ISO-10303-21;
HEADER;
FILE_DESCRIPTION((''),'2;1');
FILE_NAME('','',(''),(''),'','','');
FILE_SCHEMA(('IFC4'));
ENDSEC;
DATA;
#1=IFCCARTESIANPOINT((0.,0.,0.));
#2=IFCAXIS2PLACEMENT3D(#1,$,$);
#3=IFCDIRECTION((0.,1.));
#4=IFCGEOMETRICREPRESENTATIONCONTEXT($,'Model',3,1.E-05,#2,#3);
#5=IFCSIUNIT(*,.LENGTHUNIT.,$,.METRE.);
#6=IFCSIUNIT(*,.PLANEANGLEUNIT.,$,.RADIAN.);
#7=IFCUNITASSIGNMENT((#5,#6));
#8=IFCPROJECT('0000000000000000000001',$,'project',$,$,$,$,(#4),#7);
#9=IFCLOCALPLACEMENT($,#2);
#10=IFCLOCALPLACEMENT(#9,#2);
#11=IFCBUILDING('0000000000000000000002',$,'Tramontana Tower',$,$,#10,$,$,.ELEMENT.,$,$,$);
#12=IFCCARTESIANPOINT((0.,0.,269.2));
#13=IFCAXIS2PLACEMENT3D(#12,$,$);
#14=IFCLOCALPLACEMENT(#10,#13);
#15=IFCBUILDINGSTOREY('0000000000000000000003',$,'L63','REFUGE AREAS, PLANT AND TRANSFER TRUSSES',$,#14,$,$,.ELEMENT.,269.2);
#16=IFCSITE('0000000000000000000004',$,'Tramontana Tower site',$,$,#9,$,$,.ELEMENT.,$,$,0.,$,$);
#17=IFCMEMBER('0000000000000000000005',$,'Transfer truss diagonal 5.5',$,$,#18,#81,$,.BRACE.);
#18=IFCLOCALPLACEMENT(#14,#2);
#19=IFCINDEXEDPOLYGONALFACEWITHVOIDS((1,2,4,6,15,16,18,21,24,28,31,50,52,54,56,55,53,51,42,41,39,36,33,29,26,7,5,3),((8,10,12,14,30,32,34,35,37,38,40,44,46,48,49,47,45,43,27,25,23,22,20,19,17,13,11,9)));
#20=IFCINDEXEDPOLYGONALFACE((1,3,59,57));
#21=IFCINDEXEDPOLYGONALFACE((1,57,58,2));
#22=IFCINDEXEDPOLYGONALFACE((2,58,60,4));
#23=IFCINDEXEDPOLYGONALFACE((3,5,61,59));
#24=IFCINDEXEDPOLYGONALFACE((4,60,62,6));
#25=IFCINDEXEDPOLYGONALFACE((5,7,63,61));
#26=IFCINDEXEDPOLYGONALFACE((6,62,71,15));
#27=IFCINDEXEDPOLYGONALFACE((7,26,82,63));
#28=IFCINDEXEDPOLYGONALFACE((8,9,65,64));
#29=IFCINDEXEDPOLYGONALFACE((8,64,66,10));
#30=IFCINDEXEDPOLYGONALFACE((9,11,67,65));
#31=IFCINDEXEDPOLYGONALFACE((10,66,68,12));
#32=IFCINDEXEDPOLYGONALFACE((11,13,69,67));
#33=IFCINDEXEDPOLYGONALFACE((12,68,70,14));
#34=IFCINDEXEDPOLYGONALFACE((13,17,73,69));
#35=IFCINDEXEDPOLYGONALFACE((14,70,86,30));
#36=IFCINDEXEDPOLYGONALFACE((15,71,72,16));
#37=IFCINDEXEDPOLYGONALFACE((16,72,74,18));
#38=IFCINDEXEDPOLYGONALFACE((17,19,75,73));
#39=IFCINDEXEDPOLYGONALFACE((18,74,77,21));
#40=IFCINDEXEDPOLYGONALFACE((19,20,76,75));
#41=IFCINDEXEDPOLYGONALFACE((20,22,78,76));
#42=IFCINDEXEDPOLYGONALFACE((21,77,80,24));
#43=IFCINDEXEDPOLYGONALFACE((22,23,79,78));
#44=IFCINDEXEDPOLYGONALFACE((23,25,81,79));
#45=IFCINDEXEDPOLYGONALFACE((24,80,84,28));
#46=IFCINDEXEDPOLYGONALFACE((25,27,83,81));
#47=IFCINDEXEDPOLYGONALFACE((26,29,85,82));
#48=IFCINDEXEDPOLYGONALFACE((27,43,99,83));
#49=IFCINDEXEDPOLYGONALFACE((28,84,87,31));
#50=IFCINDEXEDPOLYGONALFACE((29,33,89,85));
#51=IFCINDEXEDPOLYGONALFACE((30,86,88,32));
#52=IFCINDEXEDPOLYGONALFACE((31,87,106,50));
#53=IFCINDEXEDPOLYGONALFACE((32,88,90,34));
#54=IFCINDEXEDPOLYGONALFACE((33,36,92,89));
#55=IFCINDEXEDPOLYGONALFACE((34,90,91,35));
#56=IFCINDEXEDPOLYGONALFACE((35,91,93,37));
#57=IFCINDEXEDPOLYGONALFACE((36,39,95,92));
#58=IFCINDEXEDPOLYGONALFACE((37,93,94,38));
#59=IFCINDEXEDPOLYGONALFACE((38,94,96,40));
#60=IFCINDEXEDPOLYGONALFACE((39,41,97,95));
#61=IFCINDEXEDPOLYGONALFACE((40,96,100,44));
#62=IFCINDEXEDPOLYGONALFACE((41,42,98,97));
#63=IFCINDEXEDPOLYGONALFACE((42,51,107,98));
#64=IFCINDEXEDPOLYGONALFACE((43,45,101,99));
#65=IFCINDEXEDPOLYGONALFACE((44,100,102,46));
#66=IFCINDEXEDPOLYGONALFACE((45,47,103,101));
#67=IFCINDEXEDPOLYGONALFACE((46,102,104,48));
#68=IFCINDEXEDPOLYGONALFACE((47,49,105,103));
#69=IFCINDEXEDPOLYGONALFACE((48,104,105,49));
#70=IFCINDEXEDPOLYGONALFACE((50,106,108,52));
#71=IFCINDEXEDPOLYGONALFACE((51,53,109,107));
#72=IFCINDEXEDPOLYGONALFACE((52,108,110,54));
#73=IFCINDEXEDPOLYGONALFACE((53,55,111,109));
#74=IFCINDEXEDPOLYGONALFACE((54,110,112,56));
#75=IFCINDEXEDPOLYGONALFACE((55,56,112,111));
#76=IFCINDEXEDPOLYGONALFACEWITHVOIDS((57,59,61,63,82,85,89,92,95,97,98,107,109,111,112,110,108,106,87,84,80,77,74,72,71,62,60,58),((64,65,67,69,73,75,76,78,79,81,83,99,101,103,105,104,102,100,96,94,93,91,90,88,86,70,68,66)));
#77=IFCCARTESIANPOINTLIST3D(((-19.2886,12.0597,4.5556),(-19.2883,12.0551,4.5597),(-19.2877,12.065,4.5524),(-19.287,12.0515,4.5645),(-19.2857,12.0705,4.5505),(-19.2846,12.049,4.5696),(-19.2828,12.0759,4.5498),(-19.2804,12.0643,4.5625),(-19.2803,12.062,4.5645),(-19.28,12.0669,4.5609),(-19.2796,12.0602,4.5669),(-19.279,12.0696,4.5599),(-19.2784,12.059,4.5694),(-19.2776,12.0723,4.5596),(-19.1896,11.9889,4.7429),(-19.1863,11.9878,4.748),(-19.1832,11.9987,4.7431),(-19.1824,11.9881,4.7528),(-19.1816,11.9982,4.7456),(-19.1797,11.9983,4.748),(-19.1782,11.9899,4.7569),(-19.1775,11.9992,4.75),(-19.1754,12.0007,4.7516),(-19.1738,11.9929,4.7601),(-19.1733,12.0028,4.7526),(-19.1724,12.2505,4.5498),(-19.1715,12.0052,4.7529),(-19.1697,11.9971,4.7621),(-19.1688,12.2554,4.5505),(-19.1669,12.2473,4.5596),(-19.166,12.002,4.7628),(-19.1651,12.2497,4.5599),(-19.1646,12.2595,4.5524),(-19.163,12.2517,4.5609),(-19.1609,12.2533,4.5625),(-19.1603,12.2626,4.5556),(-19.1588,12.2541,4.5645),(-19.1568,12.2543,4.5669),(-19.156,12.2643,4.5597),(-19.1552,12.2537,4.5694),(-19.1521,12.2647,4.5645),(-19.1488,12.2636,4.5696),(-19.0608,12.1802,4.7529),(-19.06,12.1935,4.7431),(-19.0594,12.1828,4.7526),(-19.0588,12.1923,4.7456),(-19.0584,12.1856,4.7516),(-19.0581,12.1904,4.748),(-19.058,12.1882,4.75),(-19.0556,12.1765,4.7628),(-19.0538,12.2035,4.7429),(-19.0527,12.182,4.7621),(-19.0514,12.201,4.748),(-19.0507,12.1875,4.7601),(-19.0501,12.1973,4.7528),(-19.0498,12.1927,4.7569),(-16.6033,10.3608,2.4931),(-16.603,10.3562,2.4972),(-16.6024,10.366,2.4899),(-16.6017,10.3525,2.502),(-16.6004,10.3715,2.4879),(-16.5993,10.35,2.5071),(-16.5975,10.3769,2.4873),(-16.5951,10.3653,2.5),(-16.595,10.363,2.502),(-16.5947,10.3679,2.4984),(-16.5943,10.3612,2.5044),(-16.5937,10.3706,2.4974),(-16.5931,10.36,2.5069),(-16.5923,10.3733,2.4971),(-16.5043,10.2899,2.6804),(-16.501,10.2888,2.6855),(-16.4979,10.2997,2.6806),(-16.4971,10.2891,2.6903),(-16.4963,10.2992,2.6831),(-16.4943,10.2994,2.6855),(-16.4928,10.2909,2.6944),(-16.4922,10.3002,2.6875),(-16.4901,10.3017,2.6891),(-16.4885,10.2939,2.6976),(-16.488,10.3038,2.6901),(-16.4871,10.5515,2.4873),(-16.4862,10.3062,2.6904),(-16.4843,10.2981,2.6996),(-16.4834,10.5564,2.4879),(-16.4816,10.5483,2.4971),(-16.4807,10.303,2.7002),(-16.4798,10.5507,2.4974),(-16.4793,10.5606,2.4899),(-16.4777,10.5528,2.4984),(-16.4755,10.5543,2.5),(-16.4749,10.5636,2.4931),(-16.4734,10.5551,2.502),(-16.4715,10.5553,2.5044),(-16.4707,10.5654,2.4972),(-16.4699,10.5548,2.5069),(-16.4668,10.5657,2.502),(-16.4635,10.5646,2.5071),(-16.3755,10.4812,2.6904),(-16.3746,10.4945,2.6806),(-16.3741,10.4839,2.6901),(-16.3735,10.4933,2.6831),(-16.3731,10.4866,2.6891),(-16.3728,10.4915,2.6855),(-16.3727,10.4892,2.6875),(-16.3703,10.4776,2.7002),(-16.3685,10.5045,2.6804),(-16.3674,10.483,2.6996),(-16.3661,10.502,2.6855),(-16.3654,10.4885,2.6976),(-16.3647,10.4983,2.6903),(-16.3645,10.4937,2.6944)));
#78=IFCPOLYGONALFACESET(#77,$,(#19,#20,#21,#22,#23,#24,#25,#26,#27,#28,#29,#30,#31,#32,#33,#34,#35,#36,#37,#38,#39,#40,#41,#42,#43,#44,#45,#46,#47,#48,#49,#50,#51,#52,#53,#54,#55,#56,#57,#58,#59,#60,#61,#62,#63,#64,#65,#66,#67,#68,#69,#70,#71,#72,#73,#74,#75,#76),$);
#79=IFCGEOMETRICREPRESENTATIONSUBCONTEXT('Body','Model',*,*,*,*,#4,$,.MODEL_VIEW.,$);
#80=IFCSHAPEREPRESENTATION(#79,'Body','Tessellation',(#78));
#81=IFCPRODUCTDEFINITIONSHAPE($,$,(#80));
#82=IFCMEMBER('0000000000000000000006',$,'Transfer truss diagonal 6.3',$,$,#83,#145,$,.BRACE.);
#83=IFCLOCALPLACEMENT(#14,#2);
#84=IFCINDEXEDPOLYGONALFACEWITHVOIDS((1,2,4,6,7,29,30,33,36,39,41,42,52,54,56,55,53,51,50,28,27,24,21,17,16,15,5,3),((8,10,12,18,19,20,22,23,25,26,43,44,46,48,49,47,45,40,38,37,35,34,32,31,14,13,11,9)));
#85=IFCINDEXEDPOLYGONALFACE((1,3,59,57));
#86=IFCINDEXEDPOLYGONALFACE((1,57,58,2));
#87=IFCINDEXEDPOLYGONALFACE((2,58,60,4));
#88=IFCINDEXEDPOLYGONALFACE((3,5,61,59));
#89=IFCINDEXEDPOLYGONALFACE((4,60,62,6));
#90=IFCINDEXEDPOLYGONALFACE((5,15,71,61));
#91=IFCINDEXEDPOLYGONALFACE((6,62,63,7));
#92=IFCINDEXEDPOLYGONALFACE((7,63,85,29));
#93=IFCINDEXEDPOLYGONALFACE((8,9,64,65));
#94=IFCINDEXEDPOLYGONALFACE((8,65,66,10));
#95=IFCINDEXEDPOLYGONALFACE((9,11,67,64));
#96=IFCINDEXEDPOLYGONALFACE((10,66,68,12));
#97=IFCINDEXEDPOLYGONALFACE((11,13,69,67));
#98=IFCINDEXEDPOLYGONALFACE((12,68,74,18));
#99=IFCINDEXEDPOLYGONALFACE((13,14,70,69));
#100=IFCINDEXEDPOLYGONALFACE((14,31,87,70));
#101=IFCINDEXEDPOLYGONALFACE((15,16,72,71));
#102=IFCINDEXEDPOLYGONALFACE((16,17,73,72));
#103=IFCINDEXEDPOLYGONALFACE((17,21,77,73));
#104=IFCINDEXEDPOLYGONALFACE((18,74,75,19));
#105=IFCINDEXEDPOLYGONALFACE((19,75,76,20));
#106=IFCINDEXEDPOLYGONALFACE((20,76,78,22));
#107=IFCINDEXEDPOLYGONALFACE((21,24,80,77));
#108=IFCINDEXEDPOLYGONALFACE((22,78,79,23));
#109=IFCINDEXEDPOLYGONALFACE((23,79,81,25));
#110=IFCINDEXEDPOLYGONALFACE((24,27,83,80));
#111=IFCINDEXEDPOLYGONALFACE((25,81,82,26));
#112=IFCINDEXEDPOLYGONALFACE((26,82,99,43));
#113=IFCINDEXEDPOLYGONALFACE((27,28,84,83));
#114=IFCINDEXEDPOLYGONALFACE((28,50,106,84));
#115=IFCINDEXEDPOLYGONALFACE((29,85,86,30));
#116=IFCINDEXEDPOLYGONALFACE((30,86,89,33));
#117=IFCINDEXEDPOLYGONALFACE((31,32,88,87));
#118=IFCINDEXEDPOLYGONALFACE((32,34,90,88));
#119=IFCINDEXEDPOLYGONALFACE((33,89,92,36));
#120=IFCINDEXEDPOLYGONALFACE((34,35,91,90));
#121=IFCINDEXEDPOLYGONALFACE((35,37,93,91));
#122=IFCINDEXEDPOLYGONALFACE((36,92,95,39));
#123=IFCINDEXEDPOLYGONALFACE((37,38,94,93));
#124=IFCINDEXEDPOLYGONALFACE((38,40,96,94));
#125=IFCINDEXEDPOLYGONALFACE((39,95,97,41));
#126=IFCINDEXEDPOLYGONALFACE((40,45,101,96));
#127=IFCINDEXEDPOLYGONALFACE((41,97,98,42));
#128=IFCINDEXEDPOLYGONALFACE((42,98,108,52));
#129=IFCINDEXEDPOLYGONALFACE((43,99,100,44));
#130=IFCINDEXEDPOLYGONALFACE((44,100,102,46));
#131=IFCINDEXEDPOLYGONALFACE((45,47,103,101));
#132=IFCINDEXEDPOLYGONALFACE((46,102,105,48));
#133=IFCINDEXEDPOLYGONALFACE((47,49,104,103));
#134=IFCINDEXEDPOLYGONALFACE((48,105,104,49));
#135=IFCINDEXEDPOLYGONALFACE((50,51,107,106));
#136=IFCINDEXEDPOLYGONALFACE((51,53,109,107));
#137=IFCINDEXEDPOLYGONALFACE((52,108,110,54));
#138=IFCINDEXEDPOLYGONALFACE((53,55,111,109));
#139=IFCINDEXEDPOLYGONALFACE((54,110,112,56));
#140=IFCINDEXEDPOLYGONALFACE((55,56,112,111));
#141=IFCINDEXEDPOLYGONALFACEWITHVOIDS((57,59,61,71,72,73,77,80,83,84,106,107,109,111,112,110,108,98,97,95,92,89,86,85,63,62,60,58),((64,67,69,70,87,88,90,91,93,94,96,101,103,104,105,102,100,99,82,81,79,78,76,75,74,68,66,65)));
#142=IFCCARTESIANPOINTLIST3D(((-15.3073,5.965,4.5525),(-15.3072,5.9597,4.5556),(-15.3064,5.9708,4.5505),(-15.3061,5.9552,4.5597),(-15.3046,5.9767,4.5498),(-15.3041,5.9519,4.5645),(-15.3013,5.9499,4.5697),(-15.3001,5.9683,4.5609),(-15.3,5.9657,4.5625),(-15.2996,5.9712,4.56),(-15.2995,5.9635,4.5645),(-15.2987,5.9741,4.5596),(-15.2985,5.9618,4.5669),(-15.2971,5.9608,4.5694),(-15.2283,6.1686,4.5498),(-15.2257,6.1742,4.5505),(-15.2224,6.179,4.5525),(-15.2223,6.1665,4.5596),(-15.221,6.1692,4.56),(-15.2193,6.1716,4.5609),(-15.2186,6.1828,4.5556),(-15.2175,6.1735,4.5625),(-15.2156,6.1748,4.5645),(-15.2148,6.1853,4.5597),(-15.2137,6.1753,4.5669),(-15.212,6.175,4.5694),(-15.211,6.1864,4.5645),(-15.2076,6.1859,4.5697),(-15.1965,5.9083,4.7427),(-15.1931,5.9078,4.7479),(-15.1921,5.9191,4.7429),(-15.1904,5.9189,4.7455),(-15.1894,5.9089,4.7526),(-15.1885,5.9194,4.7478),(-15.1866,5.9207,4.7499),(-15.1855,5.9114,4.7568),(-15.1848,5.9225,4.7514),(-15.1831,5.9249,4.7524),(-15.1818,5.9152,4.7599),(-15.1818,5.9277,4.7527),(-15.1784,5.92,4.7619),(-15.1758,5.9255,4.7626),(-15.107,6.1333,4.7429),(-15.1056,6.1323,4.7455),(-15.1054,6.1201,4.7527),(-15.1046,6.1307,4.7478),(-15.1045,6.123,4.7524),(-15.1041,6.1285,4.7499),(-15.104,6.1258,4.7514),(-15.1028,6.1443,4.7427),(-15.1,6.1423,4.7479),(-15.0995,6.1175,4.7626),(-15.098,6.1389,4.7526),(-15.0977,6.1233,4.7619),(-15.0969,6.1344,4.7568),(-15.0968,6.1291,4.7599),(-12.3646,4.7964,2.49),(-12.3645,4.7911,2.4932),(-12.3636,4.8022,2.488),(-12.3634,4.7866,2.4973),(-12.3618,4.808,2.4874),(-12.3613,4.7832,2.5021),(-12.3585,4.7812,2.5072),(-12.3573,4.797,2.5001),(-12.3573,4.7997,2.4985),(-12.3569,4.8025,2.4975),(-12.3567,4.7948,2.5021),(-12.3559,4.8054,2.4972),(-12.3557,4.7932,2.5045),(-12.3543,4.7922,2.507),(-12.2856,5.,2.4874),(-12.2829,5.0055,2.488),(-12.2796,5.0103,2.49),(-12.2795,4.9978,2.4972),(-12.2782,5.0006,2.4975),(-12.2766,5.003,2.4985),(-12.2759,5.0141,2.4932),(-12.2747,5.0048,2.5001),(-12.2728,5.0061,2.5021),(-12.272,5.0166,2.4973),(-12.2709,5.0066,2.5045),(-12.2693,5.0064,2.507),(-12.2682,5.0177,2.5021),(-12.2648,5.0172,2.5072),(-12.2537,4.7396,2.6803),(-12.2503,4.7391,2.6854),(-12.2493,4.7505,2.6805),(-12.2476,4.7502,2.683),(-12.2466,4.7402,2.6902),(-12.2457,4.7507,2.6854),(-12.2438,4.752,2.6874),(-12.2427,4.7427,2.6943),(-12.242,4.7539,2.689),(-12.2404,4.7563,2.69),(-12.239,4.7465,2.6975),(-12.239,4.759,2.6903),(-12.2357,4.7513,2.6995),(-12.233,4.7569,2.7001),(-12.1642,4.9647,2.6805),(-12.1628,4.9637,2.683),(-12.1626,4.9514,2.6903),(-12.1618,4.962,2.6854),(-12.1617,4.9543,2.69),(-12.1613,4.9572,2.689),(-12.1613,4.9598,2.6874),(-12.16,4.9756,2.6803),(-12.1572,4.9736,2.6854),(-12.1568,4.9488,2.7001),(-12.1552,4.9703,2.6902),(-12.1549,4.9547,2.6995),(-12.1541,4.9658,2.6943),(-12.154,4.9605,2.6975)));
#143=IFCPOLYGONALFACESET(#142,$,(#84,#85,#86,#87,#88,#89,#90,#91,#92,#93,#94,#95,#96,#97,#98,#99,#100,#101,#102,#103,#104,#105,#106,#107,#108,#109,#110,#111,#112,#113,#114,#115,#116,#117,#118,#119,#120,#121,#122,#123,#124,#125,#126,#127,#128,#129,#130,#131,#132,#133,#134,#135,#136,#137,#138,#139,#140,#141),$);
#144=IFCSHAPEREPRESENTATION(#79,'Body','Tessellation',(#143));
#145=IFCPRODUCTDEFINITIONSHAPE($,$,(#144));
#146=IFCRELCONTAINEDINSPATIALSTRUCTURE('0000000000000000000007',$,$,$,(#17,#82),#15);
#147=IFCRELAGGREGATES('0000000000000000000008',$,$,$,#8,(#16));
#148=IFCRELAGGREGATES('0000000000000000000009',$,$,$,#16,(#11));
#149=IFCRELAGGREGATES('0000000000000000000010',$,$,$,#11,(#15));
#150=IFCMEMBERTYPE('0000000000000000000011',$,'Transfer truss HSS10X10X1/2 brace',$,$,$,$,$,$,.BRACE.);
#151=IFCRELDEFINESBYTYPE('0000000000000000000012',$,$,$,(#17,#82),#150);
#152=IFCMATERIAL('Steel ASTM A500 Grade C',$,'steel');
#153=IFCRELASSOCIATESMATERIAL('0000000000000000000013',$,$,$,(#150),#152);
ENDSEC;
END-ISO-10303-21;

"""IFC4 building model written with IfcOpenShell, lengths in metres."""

from ifc_helpers import new_model, si_unit, direction, frame, origin, origin_2d, place, context, subcontext, project, spatial, hollow_rectangle, extrude, material, material_profile, profile_set, type_object, element, save


model = new_model("IFC4")

# Units and contexts
model_context = context("Model", 3, precision=1e-05, world=origin(), true_north=direction((0.0, 1.0)))
body_context = subcontext(model_context, "Body", "Model", "MODEL_VIEW")
ifc_project = project(units=[si_unit("LENGTHUNIT", "METRE"), si_unit("PLANEANGLEUNIT", "RADIAN")], contexts=[model_context])

# Site, building, storey
site_placement = place(None, origin())
site = spatial("IfcSite", under=ifc_project, at=site_placement, Name="Tramontana Tower site", CompositionType="ELEMENT", RefElevation=0.0)
building_placement = place(site_placement, origin())
building = spatial("IfcBuilding", under=site, at=building_placement, Name="Tramontana Tower", CompositionType="ELEMENT")
storey_placement = place(building_placement, frame((0.0, 0.0, 269.2)))
storey = spatial("IfcBuildingStorey", under=building, at=storey_placement, Name="L63", Description="REFUGE AREAS, PLANT AND TRANSFER TRUSSES", CompositionType="ELEMENT", Elevation=269.2)

# Members
ifc_material_1 = material(Name="Steel ASTM A500 Grade C", Category="steel")
ifc_material_profile_1 = material_profile(ifc_material_1, hollow_rectangle(XDim=0.2539, YDim=0.2539, WallThickness=0.0117, InnerFilletRadius=0.0117, OuterFilletRadius=0.0237, at=origin_2d()), Name="HSS10X10X1/2")
ifc_profile_set_1 = profile_set([ifc_material_profile_1], Name="Steel ASTM A500 Grade C")
member_type_1 = type_object("IfcMemberType", Name="Transfer truss HSS10X10X1/2 brace", PredefinedType="BRACE", material=ifc_profile_set_1)
member_1_placement = place(storey_placement, frame((-16.4839, 10.4272, 2.5938), z_axis=(-0.70884, 0.448479, 0.544438), x_axis=(-0.534666, -0.845063, 0.0)))
element("IfcMember", 1, at=member_1_placement, inside=storey, type_object=member_type_1, Name="Transfer truss diagonal 5.5", PredefinedType="BRACE", context=body_context, shape_type="SweptSolid", body=[
    extrude(hollow_rectangle(XDim=0.2539, YDim=0.2539, WallThickness=0.0117, InnerFilletRadius=0.0117, OuterFilletRadius=0.0237, at=origin_2d()), origin(), (0.0, 0.0, 1.0), 3.7883),
])
for number, where, z_axis, x_axis, name in (
    (2, (-12.2593, 4.8784, 2.5938), (-0.778759, 0.309268, 0.54579), (-0.36909, -0.929394, 0.0), "Transfer truss diagonal 6.3"),
):
    element("IfcMember", number, at=place(storey_placement, frame(where, z_axis=z_axis, x_axis=x_axis)), inside=storey, type_object=member_type_1, Name=name, PredefinedType="BRACE", context=body_context, shape_type="SweptSolid", body=[
        extrude(hollow_rectangle(XDim=0.2539, YDim=0.2539, WallThickness=0.0117, InnerFilletRadius=0.0117, OuterFilletRadius=0.0237, at=origin_2d()), origin(), (0.0, 0.0, 1.0), 3.7788),
    ])

save(model, "model.ifc")
